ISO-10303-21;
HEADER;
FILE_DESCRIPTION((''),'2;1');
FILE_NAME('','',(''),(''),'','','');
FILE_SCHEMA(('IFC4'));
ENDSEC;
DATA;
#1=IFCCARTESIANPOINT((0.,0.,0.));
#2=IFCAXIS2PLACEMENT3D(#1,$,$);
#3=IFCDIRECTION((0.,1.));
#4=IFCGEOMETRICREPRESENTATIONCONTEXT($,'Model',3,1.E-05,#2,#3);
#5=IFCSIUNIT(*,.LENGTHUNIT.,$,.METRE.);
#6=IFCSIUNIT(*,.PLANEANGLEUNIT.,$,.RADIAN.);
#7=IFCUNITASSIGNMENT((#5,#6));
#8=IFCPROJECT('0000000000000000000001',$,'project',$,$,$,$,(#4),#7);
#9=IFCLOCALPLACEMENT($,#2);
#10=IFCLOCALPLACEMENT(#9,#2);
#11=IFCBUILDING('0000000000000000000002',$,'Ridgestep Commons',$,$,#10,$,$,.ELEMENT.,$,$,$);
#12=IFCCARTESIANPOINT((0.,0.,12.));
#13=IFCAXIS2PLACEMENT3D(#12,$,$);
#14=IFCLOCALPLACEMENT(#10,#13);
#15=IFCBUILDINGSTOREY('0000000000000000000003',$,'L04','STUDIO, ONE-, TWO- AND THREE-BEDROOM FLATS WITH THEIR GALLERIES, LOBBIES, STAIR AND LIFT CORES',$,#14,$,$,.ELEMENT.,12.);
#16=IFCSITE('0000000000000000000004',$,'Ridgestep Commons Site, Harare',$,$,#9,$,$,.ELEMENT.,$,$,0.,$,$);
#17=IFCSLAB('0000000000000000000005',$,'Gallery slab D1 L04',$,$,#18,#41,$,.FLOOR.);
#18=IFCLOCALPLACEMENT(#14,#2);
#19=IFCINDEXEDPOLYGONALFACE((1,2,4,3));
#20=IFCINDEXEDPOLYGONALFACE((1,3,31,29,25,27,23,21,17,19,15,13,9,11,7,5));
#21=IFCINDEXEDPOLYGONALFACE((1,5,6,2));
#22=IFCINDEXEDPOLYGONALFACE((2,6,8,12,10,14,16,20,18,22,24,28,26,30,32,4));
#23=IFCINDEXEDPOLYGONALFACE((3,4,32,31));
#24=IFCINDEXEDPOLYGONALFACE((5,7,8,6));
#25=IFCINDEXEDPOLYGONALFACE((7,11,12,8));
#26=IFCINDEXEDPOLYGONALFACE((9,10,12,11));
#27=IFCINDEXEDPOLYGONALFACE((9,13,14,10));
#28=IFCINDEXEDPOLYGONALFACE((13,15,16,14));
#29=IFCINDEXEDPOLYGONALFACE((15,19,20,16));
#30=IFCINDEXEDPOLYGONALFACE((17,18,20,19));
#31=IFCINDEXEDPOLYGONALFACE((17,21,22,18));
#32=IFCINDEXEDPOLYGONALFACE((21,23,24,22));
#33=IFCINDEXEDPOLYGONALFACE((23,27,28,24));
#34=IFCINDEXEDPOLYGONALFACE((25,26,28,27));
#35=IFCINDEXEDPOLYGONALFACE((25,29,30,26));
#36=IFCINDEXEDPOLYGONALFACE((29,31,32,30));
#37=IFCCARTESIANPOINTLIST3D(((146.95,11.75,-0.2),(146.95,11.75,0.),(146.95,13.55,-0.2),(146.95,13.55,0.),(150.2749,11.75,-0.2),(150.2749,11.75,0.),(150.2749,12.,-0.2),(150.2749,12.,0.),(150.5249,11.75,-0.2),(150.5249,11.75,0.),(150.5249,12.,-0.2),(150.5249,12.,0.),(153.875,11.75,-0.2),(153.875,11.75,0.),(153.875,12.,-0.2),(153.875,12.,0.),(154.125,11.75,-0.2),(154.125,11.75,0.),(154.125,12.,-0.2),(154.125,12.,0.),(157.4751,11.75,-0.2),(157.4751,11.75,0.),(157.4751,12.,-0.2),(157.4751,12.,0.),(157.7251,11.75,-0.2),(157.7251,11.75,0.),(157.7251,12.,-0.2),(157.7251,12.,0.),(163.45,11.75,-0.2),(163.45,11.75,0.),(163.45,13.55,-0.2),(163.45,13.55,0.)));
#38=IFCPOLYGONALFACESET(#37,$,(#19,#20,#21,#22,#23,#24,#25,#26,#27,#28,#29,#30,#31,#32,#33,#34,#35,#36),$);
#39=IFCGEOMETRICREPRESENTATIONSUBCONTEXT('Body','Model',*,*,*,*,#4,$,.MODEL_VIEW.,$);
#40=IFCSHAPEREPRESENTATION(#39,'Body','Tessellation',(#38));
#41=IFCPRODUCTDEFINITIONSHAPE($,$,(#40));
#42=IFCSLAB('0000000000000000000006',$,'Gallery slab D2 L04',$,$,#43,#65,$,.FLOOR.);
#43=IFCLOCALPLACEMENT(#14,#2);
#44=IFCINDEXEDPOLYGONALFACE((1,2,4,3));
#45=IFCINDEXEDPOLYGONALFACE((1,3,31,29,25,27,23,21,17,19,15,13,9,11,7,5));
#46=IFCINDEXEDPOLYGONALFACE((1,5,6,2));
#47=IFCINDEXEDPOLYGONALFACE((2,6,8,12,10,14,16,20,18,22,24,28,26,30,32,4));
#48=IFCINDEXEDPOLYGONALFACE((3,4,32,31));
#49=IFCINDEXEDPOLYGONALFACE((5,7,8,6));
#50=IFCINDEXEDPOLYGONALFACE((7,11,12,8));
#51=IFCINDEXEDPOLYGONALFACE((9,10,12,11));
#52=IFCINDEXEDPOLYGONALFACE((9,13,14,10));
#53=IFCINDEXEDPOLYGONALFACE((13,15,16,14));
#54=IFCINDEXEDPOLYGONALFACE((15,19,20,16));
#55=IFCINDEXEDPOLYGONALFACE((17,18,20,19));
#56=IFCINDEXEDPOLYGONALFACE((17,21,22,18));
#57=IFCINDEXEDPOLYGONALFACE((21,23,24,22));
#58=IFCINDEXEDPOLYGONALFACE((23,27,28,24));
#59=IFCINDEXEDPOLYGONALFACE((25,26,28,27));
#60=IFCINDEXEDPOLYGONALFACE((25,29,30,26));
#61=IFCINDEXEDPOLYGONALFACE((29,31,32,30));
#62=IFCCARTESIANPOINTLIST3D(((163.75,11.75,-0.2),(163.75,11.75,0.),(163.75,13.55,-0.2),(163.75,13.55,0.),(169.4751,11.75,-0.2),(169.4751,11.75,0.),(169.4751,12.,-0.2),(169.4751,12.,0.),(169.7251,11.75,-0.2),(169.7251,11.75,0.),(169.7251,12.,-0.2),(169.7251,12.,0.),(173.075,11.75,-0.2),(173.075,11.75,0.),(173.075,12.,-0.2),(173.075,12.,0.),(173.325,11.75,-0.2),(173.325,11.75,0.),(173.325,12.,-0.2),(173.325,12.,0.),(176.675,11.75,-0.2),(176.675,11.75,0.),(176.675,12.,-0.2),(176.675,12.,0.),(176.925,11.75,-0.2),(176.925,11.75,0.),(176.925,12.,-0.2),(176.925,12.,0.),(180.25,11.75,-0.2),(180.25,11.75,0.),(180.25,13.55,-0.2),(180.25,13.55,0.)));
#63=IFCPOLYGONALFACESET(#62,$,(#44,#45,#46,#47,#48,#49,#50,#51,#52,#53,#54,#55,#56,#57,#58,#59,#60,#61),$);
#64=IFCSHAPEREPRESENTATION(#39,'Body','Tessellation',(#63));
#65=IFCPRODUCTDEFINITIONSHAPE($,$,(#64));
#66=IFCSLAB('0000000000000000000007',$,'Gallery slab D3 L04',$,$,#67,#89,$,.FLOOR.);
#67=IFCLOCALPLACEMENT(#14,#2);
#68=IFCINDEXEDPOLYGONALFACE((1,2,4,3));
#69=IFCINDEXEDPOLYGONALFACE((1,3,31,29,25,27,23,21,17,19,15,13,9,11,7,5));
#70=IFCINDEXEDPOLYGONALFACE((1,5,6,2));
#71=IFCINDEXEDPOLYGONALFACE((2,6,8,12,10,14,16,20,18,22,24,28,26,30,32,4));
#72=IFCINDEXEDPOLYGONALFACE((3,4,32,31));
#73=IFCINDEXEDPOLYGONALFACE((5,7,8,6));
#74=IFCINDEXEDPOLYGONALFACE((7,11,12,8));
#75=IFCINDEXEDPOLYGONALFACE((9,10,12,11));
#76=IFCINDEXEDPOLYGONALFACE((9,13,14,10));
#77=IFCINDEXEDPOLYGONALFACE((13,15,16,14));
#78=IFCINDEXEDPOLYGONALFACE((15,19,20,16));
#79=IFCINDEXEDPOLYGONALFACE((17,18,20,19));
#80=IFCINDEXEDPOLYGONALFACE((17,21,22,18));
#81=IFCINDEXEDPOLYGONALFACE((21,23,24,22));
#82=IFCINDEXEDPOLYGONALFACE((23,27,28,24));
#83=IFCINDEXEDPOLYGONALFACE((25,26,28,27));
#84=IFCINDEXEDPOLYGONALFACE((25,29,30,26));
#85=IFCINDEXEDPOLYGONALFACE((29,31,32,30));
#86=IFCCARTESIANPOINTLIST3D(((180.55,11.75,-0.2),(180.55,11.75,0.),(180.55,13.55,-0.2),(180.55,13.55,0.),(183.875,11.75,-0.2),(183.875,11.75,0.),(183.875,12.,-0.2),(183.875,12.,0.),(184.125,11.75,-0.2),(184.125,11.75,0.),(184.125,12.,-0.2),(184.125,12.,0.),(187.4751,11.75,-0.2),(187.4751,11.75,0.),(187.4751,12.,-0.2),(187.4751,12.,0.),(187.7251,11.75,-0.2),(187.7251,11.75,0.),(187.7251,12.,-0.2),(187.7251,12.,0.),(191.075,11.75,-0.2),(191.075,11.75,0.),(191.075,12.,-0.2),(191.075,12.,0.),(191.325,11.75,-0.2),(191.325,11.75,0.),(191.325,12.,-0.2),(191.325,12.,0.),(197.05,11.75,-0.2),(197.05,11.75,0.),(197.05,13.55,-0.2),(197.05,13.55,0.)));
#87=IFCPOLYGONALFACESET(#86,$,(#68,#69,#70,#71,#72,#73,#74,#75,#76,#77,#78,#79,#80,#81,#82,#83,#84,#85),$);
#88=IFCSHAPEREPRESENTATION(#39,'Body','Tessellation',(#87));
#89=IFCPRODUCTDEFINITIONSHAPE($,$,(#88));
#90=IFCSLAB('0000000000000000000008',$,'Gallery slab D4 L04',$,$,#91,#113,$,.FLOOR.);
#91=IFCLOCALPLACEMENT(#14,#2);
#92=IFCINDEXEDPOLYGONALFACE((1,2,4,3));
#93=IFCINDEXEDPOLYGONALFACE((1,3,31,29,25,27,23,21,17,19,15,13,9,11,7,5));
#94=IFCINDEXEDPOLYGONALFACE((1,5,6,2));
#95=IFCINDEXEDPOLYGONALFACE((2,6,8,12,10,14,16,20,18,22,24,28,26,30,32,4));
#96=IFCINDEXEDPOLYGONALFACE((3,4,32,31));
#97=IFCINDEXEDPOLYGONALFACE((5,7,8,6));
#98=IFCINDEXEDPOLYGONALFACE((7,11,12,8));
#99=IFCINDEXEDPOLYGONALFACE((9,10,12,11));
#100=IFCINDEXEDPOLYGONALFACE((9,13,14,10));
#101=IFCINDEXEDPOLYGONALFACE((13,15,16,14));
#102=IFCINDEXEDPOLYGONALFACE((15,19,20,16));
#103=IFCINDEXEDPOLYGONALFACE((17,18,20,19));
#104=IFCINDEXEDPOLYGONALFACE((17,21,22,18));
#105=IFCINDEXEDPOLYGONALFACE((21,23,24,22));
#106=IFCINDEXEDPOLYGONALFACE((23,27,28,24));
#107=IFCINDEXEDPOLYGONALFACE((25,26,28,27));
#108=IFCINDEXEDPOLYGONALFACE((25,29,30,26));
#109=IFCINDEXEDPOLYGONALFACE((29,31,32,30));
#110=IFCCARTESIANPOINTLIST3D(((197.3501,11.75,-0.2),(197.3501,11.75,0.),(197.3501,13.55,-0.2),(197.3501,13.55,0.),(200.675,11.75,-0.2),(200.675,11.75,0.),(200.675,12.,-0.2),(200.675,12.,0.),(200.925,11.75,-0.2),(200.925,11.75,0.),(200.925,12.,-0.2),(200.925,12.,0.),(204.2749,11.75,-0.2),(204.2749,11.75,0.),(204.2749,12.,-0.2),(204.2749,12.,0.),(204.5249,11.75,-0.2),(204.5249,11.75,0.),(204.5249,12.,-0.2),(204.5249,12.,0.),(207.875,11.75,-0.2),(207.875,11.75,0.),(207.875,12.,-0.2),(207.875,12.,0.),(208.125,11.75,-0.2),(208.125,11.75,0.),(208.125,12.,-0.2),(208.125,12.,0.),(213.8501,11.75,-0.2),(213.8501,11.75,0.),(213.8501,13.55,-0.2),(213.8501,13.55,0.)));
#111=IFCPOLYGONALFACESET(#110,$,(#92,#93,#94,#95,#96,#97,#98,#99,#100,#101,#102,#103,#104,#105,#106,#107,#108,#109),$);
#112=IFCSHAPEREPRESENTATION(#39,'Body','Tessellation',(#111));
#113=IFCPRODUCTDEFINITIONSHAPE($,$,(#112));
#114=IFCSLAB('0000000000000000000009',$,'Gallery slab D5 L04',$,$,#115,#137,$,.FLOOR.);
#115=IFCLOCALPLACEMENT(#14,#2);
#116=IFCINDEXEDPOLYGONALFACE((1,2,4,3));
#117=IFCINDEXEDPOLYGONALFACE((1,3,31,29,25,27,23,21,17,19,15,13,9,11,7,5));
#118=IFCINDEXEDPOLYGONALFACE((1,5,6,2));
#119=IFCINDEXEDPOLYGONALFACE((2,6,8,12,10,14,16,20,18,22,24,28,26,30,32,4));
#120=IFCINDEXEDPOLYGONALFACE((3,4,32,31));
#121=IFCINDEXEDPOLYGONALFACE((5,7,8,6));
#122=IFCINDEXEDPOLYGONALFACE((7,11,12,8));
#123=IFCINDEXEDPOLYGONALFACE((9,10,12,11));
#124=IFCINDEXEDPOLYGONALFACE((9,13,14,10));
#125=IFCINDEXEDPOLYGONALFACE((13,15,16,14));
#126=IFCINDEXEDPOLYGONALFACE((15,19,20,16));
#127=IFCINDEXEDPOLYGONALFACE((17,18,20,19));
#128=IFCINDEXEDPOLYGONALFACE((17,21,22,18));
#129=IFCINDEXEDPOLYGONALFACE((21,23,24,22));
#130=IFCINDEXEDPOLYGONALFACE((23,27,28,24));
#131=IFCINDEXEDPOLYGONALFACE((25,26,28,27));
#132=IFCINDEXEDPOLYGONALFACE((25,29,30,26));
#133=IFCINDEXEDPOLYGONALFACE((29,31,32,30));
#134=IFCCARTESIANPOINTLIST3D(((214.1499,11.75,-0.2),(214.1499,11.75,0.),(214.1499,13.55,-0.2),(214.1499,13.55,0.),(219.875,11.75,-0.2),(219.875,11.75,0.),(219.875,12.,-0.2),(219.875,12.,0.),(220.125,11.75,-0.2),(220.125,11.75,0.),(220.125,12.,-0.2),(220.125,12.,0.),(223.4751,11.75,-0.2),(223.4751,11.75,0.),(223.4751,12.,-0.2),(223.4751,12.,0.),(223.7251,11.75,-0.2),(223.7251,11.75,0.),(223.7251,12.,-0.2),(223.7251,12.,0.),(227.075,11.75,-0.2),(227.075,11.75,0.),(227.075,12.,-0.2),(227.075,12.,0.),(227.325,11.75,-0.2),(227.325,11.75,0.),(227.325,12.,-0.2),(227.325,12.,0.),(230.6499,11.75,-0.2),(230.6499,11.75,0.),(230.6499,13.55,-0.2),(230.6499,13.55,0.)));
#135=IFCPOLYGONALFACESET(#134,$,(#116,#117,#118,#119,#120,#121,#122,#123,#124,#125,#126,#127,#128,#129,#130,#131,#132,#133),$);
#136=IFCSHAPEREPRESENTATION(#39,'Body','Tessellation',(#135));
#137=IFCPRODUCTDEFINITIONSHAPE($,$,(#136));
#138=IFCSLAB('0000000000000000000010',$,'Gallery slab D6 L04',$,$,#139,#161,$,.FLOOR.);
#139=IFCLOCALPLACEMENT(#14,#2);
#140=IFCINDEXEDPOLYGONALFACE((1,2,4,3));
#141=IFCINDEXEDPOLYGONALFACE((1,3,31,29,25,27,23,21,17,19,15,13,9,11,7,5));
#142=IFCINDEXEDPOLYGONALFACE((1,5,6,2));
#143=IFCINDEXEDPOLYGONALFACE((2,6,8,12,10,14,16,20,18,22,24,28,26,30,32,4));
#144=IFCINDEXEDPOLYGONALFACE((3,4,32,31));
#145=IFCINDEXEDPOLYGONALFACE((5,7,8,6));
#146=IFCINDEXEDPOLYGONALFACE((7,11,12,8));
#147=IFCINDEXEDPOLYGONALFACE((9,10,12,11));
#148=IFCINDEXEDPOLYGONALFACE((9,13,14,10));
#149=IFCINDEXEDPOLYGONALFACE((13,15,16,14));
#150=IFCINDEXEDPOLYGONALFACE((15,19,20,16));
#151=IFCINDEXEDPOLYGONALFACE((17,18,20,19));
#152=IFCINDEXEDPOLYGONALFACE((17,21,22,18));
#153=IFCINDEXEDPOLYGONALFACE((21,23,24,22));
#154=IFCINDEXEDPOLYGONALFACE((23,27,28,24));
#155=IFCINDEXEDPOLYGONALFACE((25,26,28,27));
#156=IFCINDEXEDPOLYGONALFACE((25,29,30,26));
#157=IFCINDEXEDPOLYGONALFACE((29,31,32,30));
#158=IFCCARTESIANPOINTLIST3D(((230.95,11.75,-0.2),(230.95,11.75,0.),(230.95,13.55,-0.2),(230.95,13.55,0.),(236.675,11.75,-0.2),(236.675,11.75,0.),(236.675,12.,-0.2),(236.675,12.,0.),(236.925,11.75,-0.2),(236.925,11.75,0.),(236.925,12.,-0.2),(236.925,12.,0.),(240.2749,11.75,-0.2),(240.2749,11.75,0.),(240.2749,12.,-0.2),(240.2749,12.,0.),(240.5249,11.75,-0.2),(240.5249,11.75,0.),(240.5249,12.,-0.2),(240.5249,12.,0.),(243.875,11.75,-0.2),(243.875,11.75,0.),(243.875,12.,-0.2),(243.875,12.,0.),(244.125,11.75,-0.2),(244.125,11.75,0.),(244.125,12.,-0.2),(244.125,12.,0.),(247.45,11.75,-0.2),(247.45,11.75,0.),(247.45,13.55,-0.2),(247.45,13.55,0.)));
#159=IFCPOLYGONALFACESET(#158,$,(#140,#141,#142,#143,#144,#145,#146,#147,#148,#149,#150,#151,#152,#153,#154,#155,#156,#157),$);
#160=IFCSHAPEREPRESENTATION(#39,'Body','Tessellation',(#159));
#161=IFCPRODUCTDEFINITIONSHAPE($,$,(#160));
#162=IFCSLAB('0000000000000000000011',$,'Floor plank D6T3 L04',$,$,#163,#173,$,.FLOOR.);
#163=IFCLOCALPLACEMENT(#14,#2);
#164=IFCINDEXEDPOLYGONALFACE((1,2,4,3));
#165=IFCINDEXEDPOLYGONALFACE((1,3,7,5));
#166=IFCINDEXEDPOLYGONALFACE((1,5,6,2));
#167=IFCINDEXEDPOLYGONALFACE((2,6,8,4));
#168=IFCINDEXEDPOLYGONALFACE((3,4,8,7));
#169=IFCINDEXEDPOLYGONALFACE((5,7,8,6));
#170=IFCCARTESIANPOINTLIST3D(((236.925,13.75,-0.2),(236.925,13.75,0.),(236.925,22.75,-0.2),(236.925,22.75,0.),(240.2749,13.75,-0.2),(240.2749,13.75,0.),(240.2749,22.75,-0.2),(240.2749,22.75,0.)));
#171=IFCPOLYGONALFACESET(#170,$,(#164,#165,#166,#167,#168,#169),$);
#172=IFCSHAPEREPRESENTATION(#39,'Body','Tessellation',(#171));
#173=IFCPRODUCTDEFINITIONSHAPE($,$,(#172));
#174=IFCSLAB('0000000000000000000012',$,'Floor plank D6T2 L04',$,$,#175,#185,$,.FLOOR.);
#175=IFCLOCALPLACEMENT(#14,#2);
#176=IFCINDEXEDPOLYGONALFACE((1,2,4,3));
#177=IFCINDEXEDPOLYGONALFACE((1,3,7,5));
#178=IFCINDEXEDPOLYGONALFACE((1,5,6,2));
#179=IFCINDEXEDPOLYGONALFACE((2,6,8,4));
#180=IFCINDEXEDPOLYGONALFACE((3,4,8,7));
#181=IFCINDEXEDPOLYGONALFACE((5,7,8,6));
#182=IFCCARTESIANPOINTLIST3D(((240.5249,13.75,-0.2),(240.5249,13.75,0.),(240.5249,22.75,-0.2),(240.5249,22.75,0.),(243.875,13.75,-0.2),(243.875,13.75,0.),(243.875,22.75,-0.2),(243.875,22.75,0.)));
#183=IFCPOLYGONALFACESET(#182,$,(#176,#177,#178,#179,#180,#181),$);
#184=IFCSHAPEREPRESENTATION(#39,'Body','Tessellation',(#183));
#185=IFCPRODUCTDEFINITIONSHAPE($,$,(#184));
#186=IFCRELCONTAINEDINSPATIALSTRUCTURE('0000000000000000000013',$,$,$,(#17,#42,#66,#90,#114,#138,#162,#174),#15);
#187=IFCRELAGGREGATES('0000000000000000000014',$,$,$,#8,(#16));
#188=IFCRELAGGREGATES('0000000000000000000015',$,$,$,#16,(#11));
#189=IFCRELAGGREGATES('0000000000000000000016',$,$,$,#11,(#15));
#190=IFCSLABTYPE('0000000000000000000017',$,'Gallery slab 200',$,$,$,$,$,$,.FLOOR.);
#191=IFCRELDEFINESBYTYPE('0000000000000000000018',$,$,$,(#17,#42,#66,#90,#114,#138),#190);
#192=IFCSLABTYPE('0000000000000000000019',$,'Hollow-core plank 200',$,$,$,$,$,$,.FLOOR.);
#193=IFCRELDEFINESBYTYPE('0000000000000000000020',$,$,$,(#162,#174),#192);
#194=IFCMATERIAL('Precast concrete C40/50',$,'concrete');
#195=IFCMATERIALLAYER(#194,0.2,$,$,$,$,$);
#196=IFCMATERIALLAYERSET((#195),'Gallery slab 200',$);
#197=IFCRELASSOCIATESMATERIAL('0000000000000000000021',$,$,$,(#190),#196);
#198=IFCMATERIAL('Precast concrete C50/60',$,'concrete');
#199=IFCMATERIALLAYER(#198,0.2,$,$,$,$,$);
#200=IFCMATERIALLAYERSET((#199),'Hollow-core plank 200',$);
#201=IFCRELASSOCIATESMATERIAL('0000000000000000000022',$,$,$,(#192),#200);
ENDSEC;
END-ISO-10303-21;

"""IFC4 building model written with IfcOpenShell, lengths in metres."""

from ifc_helpers import new_model, si_unit, direction, frame, origin, place, context, subcontext, project, spatial, polyline, outline, extrude, material, layer, layer_set, type_object, element, save


model = new_model("IFC4")

# Units and contexts
model_context = context("Model", 3, precision=1e-05, world=origin(), true_north=direction((0.0, 1.0)))
body_context = subcontext(model_context, "Body", "Model", "MODEL_VIEW")
ifc_project = project(units=[si_unit("LENGTHUNIT", "METRE"), si_unit("PLANEANGLEUNIT", "RADIAN")], contexts=[model_context])

# Site, building, storey
site_placement = place(None, origin())
site = spatial("IfcSite", under=ifc_project, at=site_placement, Name="Ridgestep Commons Site, Harare", CompositionType="ELEMENT", RefElevation=0.0)
building_placement = place(site_placement, origin())
building = spatial("IfcBuilding", under=site, at=building_placement, Name="Ridgestep Commons", CompositionType="ELEMENT")
storey_placement = place(building_placement, frame((0.0, 0.0, 12.0)))
storey = spatial("IfcBuildingStorey", under=building, at=storey_placement, Name="L04", Description="STUDIO, ONE-, TWO- AND THREE-BEDROOM FLATS WITH THEIR GALLERIES, LOBBIES, STAIR AND LIFT CORES", CompositionType="ELEMENT", Elevation=12.0)

# Slabs
ifc_material_1 = material(Name="Precast concrete C40/50", Category="concrete")
ifc_layer_1 = layer(ifc_material_1, 0.2)
ifc_layer_set_1 = layer_set([ifc_layer_1], Name="Gallery slab 200")
slab_type_1 = type_object("IfcSlabType", Name="Gallery slab 200", PredefinedType="FLOOR", material=ifc_layer_set_1)
slab_1_placement = place(storey_placement, frame((0.0, 0.0, -0.2)))
element("IfcSlab", 1, at=slab_1_placement, inside=storey, type_object=slab_type_1, Name="Gallery slab D1 L04", PredefinedType="FLOOR", context=body_context, shape_type="SweptSolid", body=[
    extrude(outline(polyline([(163.45, 13.55), (146.95, 13.55), (146.95, 11.75), (150.2749, 11.75), (150.2749, 12.0), (150.5249, 12.0), (150.5249, 11.75), (153.875, 11.75), (153.875, 12.0), (154.125, 12.0), (154.125, 11.75), (157.4751, 11.75), (157.4751, 12.0), (157.7251, 12.0), (157.7251, 11.75), (163.45, 11.75), (163.45, 13.55)])), origin(), (0.0, 0.0, 1.0), 0.2),
])
slab_2_placement = place(storey_placement, frame((0.0, 0.0, -0.2)))
element("IfcSlab", 2, at=slab_2_placement, inside=storey, type_object=slab_type_1, Name="Gallery slab D2 L04", PredefinedType="FLOOR", context=body_context, shape_type="SweptSolid", body=[
    extrude(outline(polyline([(180.25, 13.55), (163.75, 13.55), (163.75, 11.75), (169.4751, 11.75), (169.4751, 12.0), (169.7251, 12.0), (169.7251, 11.75), (173.075, 11.75), (173.075, 12.0), (173.325, 12.0), (173.325, 11.75), (176.675, 11.75), (176.675, 12.0), (176.925, 12.0), (176.925, 11.75), (180.25, 11.75), (180.25, 13.55)])), origin(), (0.0, 0.0, 1.0), 0.2),
])
slab_3_placement = place(storey_placement, frame((0.0, 0.0, -0.2)))
element("IfcSlab", 3, at=slab_3_placement, inside=storey, type_object=slab_type_1, Name="Gallery slab D3 L04", PredefinedType="FLOOR", context=body_context, shape_type="SweptSolid", body=[
    extrude(outline(polyline([(197.05, 13.55), (180.55, 13.55), (180.55, 11.75), (183.875, 11.75), (183.875, 12.0), (184.125, 12.0), (184.125, 11.75), (187.4751, 11.75), (187.4751, 12.0), (187.7251, 12.0), (187.7251, 11.75), (191.075, 11.75), (191.075, 12.0), (191.325, 12.0), (191.325, 11.75), (197.05, 11.75), (197.05, 13.55)])), origin(), (0.0, 0.0, 1.0), 0.2),
])
slab_4_placement = place(storey_placement, frame((0.0, 0.0, -0.2)))
element("IfcSlab", 4, at=slab_4_placement, inside=storey, type_object=slab_type_1, Name="Gallery slab D4 L04", PredefinedType="FLOOR", context=body_context, shape_type="SweptSolid", body=[
    extrude(outline(polyline([(213.8501, 13.55), (197.3501, 13.55), (197.3501, 11.75), (200.675, 11.75), (200.675, 12.0), (200.925, 12.0), (200.925, 11.75), (204.2749, 11.75), (204.2749, 12.0), (204.5249, 12.0), (204.5249, 11.75), (207.875, 11.75), (207.875, 12.0), (208.125, 12.0), (208.125, 11.75), (213.8501, 11.75), (213.8501, 13.55)])), origin(), (0.0, 0.0, 1.0), 0.2),
])
slab_5_placement = place(storey_placement, frame((0.0, 0.0, -0.2)))
element("IfcSlab", 5, at=slab_5_placement, inside=storey, type_object=slab_type_1, Name="Gallery slab D5 L04", PredefinedType="FLOOR", context=body_context, shape_type="SweptSolid", body=[
    extrude(outline(polyline([(230.6499, 13.55), (214.1499, 13.55), (214.1499, 11.75), (219.875, 11.75), (219.875, 12.0), (220.125, 12.0), (220.125, 11.75), (223.4751, 11.75), (223.4751, 12.0), (223.7251, 12.0), (223.7251, 11.75), (227.075, 11.75), (227.075, 12.0), (227.325, 12.0), (227.325, 11.75), (230.6499, 11.75), (230.6499, 13.55)])), origin(), (0.0, 0.0, 1.0), 0.2),
])
slab_6_placement = place(storey_placement, frame((0.0, 0.0, -0.2)))
element("IfcSlab", 6, at=slab_6_placement, inside=storey, type_object=slab_type_1, Name="Gallery slab D6 L04", PredefinedType="FLOOR", context=body_context, shape_type="SweptSolid", body=[
    extrude(outline(polyline([(247.45, 13.55), (230.95, 13.55), (230.95, 11.75), (236.675, 11.75), (236.675, 12.0), (236.925, 12.0), (236.925, 11.75), (240.2749, 11.75), (240.2749, 12.0), (240.5249, 12.0), (240.5249, 11.75), (243.875, 11.75), (243.875, 12.0), (244.125, 12.0), (244.125, 11.75), (247.45, 11.75), (247.45, 13.55)])), origin(), (0.0, 0.0, 1.0), 0.2),
])
ifc_material_2 = material(Name="Precast concrete C50/60", Category="concrete")
ifc_layer_2 = layer(ifc_material_2, 0.2)
ifc_layer_set_2 = layer_set([ifc_layer_2], Name="Hollow-core plank 200")
slab_type_2 = type_object("IfcSlabType", Name="Hollow-core plank 200", PredefinedType="FLOOR", material=ifc_layer_set_2)
slab_7_placement = place(storey_placement, frame((0.0, 0.0, -0.2)))
element("IfcSlab", 7, at=slab_7_placement, inside=storey, type_object=slab_type_2, Name="Floor plank D6T3 L04", PredefinedType="FLOOR", context=body_context, shape_type="SweptSolid", body=[
    extrude(outline(polyline([(240.2749, 13.75), (240.2749, 22.75), (236.925, 22.75), (236.925, 13.75), (240.2749, 13.75)])), origin(), (0.0, 0.0, 1.0), 0.2),
])
slab_8_placement = place(storey_placement, frame((0.0, 0.0, -0.2)))
element("IfcSlab", 8, at=slab_8_placement, inside=storey, type_object=slab_type_2, Name="Floor plank D6T2 L04", PredefinedType="FLOOR", context=body_context, shape_type="SweptSolid", body=[
    extrude(outline(polyline([(243.875, 13.75), (243.875, 22.75), (240.5249, 22.75), (240.5249, 13.75), (243.875, 13.75)])), origin(), (0.0, 0.0, 1.0), 0.2),
])

save(model, "model.ifc")
